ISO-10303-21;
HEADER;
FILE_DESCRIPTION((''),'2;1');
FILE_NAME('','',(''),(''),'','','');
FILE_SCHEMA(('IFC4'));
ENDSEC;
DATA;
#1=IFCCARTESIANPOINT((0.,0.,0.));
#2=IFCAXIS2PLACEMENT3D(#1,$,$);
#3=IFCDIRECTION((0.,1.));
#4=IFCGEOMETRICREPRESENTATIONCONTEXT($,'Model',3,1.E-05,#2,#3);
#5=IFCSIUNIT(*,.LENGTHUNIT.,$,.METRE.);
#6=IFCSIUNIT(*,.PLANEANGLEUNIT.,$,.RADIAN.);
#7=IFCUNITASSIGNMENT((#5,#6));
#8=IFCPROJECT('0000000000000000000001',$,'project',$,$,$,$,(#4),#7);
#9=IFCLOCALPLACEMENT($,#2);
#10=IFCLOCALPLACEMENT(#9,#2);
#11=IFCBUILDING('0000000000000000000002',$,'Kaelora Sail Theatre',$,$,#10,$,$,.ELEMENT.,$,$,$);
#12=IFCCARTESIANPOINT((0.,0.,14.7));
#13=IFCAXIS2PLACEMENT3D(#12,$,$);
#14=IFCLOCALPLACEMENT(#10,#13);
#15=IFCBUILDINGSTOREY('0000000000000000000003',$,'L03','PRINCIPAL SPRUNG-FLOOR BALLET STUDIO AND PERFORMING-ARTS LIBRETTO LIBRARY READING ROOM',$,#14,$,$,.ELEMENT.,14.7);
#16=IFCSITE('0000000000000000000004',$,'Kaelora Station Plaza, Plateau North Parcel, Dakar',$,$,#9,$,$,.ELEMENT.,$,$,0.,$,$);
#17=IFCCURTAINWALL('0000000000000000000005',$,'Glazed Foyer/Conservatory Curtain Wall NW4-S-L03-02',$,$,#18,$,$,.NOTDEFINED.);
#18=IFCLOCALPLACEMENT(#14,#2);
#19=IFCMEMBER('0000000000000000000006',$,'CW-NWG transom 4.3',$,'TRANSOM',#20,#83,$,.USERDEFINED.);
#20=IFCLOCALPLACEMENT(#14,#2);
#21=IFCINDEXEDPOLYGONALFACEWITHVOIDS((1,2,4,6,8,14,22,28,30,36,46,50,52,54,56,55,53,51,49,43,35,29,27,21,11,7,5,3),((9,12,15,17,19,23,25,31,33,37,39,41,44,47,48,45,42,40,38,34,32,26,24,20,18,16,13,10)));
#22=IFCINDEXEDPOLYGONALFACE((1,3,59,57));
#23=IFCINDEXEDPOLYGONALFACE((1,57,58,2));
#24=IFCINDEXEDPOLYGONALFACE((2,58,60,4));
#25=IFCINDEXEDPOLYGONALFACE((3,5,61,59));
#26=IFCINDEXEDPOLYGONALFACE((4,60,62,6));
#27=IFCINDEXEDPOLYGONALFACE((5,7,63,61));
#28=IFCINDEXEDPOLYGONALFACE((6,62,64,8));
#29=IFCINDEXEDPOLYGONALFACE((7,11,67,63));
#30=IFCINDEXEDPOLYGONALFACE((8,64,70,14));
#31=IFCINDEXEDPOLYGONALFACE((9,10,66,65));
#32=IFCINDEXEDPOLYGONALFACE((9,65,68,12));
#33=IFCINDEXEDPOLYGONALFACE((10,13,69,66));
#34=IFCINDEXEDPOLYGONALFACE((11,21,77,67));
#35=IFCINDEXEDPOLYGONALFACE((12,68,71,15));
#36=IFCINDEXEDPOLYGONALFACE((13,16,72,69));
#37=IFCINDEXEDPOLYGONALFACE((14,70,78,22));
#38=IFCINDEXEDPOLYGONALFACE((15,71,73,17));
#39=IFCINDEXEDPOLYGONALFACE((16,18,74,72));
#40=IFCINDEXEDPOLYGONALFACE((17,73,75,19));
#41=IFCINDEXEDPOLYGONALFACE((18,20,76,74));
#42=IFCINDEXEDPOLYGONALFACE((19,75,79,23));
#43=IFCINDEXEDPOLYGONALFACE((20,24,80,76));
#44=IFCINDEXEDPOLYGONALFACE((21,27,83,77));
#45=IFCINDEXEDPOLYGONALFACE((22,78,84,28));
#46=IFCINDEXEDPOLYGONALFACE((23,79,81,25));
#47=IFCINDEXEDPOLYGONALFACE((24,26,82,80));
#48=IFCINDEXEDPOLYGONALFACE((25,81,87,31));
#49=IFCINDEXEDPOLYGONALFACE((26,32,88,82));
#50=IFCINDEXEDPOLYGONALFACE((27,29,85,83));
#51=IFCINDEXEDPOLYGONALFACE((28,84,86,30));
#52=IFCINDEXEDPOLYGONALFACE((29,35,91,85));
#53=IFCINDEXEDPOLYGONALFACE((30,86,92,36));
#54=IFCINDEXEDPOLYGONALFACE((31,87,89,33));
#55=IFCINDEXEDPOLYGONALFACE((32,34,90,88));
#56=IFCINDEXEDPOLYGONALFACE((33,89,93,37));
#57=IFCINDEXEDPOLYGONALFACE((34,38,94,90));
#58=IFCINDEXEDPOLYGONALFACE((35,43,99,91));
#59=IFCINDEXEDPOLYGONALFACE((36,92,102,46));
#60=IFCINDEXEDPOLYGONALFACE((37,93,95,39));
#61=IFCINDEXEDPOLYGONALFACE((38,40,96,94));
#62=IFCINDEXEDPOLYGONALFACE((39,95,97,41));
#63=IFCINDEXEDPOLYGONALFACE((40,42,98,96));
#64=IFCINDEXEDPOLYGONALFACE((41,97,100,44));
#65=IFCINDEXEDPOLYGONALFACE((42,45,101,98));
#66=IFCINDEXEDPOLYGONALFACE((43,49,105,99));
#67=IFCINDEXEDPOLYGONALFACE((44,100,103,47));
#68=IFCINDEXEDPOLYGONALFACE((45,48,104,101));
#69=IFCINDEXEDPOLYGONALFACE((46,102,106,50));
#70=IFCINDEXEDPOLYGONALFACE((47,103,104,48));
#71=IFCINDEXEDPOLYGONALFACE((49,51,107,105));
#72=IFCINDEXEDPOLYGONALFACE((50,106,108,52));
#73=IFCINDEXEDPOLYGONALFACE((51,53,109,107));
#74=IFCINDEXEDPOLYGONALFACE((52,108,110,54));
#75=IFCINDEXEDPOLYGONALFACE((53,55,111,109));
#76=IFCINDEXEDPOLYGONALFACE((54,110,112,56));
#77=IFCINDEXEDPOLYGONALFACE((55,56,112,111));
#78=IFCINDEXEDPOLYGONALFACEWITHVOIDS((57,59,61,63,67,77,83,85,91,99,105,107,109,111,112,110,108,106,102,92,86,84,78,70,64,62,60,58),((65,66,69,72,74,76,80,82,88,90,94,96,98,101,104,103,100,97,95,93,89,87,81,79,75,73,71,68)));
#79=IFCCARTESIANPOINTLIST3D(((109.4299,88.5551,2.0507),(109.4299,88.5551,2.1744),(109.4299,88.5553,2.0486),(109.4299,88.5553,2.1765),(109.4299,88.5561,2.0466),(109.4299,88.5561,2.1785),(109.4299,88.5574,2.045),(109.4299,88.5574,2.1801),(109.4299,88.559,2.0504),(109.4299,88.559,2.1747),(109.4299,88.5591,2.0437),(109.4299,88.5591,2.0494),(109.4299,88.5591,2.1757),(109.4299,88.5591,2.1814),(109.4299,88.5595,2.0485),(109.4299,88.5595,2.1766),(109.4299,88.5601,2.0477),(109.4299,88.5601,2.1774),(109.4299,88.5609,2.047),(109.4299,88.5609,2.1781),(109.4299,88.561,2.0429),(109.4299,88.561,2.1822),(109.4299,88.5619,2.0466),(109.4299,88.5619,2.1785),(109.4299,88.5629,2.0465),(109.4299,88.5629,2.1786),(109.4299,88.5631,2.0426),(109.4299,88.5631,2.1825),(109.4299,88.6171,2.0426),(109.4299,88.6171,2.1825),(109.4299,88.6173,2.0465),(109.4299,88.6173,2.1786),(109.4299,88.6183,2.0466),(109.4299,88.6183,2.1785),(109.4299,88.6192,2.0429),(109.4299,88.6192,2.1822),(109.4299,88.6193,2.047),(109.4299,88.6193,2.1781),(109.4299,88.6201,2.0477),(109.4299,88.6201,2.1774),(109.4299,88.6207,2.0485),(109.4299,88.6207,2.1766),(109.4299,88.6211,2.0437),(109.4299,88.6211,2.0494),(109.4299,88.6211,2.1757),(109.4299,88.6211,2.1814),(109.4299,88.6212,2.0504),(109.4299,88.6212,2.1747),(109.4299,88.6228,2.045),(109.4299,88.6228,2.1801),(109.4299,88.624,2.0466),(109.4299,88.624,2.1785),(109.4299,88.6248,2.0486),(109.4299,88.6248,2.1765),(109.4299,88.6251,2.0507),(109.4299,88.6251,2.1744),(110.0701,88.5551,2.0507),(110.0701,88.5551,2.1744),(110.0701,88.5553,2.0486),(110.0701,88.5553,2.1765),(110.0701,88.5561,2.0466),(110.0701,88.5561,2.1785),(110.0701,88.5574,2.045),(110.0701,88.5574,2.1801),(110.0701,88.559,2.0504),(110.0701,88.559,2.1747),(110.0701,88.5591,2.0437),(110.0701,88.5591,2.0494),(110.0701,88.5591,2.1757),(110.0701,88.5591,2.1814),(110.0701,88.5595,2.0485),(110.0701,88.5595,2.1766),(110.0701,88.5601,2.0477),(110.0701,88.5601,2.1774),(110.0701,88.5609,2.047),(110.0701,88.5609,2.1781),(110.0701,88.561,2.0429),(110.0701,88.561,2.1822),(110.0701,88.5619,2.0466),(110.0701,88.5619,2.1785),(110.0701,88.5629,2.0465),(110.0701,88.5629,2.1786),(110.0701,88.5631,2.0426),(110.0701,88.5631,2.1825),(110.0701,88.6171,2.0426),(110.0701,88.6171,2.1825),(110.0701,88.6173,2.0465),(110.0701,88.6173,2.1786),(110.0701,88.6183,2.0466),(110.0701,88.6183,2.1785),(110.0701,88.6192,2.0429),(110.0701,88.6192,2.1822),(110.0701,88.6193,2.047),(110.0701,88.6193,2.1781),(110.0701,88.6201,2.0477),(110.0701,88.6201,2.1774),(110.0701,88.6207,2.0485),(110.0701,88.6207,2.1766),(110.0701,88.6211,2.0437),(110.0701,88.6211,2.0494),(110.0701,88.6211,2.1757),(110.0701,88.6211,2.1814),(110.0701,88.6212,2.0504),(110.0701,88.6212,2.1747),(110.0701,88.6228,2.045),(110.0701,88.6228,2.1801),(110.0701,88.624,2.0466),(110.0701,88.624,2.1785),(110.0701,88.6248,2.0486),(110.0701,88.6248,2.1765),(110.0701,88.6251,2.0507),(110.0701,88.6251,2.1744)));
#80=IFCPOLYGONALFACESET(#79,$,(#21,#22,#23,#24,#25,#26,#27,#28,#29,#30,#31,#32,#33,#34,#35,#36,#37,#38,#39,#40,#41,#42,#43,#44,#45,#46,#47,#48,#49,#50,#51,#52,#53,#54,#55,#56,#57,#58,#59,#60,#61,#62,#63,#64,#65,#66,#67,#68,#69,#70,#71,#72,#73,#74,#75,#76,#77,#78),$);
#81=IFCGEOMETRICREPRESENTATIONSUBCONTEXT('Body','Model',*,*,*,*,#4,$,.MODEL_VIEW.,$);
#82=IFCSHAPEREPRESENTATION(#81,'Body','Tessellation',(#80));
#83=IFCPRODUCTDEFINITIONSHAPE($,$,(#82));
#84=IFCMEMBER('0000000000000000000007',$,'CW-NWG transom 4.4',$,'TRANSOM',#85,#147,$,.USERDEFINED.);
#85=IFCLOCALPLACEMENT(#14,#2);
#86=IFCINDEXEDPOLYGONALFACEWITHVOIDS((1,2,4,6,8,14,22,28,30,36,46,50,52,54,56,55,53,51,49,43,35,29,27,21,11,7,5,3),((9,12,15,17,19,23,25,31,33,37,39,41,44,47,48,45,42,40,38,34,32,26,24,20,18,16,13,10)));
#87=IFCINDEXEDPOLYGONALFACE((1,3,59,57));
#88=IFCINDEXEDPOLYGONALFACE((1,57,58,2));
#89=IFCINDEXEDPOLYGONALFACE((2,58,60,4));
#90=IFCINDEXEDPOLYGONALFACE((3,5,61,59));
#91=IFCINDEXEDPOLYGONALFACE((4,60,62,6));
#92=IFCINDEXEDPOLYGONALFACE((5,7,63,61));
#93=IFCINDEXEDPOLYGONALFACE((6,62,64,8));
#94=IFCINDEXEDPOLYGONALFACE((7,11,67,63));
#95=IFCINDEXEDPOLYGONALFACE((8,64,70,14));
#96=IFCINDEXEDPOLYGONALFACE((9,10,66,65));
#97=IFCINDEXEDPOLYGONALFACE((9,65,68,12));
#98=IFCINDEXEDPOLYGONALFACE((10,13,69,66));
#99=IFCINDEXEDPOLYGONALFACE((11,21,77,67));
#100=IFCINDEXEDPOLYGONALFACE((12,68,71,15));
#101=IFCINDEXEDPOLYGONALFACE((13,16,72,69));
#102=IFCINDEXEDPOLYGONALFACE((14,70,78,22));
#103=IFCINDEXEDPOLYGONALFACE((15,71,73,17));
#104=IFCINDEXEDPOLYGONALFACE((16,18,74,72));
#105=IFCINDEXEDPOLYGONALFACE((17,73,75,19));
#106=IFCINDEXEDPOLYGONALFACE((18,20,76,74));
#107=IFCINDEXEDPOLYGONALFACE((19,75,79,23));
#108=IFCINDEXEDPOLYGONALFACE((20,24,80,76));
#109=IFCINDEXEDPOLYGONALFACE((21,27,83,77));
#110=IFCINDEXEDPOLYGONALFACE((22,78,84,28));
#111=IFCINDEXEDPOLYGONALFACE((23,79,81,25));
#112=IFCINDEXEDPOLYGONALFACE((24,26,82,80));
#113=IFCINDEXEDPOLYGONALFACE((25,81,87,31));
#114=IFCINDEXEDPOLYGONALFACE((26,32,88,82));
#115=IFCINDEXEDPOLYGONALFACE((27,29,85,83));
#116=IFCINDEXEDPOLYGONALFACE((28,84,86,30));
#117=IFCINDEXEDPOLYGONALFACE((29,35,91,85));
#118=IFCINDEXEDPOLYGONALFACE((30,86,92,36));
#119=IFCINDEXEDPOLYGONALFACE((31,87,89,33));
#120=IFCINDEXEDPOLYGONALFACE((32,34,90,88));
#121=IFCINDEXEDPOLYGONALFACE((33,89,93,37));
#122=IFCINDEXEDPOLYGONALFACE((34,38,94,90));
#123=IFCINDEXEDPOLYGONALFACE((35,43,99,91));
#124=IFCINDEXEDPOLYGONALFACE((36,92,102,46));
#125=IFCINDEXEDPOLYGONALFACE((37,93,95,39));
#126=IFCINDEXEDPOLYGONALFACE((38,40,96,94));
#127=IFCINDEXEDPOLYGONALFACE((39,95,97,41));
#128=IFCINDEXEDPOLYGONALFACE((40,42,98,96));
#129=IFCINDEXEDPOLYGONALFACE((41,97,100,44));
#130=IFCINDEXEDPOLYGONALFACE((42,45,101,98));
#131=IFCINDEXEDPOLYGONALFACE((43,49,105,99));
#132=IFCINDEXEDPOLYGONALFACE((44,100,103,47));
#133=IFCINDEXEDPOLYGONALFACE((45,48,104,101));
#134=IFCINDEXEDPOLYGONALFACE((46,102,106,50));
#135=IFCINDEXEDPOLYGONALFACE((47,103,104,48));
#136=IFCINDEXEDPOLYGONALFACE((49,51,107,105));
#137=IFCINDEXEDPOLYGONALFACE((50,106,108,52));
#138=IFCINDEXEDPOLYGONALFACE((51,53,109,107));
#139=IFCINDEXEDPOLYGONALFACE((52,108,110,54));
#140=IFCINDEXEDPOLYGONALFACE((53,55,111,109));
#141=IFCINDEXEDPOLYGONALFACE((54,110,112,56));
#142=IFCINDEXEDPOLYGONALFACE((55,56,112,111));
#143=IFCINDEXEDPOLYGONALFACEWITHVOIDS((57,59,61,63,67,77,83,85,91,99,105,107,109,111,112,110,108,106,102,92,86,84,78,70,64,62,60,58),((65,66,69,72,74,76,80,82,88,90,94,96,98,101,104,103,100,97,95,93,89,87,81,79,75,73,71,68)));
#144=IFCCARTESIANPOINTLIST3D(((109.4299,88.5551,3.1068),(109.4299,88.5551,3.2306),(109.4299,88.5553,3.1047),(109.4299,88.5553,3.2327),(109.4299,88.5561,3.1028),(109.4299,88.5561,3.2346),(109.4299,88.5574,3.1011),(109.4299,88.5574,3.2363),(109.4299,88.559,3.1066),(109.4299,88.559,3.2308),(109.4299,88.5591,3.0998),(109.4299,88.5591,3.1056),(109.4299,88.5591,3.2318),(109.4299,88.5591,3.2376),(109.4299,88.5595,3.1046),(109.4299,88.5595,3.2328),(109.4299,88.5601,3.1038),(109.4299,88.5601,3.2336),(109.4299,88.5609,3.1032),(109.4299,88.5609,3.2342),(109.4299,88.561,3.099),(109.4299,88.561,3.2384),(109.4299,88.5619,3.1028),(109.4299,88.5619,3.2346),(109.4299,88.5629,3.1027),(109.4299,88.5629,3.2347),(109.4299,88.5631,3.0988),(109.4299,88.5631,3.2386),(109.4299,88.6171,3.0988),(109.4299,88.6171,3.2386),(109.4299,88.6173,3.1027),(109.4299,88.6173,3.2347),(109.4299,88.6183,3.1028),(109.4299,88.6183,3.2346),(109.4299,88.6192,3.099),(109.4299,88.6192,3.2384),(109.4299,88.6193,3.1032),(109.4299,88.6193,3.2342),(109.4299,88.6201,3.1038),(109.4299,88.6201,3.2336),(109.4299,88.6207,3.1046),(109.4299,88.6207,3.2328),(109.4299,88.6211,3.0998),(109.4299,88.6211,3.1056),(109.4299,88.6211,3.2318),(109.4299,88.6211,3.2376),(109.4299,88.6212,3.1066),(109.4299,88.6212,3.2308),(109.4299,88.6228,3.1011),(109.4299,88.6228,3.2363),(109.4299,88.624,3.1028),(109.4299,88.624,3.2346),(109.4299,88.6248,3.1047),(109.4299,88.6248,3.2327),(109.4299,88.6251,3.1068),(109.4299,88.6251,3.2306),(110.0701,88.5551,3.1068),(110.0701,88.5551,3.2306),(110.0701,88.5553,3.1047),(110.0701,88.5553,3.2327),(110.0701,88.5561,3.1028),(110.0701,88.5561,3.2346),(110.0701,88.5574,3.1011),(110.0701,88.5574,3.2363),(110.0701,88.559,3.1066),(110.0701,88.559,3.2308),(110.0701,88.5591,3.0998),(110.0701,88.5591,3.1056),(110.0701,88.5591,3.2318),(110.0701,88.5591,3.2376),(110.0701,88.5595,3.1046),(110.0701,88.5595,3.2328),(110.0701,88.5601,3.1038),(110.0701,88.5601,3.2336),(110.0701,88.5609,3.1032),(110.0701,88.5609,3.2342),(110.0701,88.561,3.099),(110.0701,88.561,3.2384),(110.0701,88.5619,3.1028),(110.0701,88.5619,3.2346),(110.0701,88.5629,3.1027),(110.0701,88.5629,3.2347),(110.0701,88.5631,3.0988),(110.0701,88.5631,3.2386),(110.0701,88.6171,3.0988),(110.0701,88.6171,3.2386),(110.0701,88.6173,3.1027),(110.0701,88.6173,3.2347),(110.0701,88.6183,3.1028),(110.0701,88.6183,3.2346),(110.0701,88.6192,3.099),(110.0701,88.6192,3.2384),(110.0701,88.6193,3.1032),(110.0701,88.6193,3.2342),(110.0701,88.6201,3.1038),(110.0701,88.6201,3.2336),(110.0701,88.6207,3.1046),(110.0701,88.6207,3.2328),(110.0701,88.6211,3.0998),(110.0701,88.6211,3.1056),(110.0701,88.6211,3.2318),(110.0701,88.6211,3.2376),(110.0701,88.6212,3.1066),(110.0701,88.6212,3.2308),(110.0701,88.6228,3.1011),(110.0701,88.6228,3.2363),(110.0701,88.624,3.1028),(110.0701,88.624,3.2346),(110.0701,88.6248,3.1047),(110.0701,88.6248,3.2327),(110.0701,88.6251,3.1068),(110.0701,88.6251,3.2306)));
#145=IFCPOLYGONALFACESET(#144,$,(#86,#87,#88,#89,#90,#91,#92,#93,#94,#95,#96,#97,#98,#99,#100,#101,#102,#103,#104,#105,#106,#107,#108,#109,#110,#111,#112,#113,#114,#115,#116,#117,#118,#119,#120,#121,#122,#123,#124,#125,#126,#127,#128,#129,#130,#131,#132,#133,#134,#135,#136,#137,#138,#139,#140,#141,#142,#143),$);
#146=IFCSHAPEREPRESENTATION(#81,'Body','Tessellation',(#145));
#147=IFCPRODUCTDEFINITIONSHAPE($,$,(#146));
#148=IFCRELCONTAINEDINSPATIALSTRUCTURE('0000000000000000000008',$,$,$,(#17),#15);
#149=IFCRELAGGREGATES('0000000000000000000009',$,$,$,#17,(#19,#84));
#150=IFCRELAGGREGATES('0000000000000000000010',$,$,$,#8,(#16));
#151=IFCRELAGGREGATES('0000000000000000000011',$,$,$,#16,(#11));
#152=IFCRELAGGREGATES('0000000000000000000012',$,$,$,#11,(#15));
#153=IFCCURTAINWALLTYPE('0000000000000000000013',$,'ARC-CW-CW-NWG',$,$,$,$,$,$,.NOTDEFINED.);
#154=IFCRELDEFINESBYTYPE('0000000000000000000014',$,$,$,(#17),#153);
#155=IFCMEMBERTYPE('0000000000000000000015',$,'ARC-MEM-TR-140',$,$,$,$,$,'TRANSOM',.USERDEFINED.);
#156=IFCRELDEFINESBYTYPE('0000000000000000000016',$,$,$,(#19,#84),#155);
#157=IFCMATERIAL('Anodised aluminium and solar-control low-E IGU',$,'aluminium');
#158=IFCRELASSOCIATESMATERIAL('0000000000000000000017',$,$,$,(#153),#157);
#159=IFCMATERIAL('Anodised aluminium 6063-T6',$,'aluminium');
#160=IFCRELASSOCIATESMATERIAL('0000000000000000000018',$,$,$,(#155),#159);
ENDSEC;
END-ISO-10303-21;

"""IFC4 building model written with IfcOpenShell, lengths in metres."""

from ifc_helpers import new_model, si_unit, direction, frame, origin, origin_2d, place, context, subcontext, project, spatial, hollow_rectangle, extrude, material, material_profile, profile_set, type_object, element, aggregate, save


model = new_model("IFC4")

# Units and contexts
model_context = context("Model", 3, precision=1e-05, world=origin(), true_north=direction((0.0, 1.0)))
body_context = subcontext(model_context, "Body", "Model", "MODEL_VIEW")
ifc_project = project(units=[si_unit("LENGTHUNIT", "METRE"), si_unit("PLANEANGLEUNIT", "RADIAN")], contexts=[model_context])

# Site, building, storey
site_placement = place(None, origin())
site = spatial("IfcSite", under=ifc_project, at=site_placement, Name="Kaelora Station Plaza, Plateau North Parcel, Dakar", CompositionType="ELEMENT", RefElevation=0.0)
building_placement = place(site_placement, origin())
building = spatial("IfcBuilding", under=site, at=building_placement, Name="Kaelora Sail Theatre", CompositionType="ELEMENT")
storey_placement = place(building_placement, frame((0.0, 0.0, 14.7)))
storey = spatial("IfcBuildingStorey", under=building, at=storey_placement, Name="L03", Description="PRINCIPAL SPRUNG-FLOOR BALLET STUDIO AND PERFORMING-ARTS LIBRETTO LIBRARY READING ROOM", CompositionType="ELEMENT", Elevation=14.7)

# Curtain wall, members
ifc_material_1 = material(Name="Anodised aluminium and solar-control low-E IGU", Category="aluminium")
curtain_wall_type = type_object("IfcCurtainWallType", Name="ARC-CW-CW-NWG", PredefinedType="NOTDEFINED", material=ifc_material_1)
curtain_wall_placement = place(storey_placement, origin())
curtain_wall = element("IfcCurtainWall", 1, at=curtain_wall_placement, inside=storey, type_object=curtain_wall_type, Name="Glazed Foyer/Conservatory Curtain Wall NW4-S-L03-02", PredefinedType="NOTDEFINED")
ifc_material_2 = material(Name="Anodised aluminium 6063-T6", Category="aluminium")
ifc_material_profile_1 = material_profile(ifc_material_2, hollow_rectangle(XDim=0.0701, YDim=0.1399, WallThickness=0.0039, InnerFilletRadius=0.0039, OuterFilletRadius=0.0081, at=origin_2d()), Name="ALU-TRAN 70x140x4")
ifc_profile_set_1 = profile_set([ifc_material_profile_1], Name="Anodised aluminium 6063-T6")
member_type_1 = type_object("IfcMemberType", Name="ARC-MEM-TR-140", ElementType="TRANSOM", PredefinedType="USERDEFINED", material=ifc_profile_set_1)
member_1_placement = place(storey_placement, frame((109.4299, 88.5901, 2.1125), z_axis=(1.0, 0.0, 0.0), x_axis=(0.0, 1.0, 0.0)))
member_1 = element("IfcMember", 2, at=member_1_placement, type_object=member_type_1, Name="CW-NWG transom 4.3", ObjectType="TRANSOM", PredefinedType="USERDEFINED", context=body_context, shape_type="SweptSolid", body=[
    extrude(hollow_rectangle(XDim=0.0701, YDim=0.1399, WallThickness=0.0039, InnerFilletRadius=0.0039, OuterFilletRadius=0.0081, at=origin_2d()), origin(), (0.0, 0.0, 1.0), 0.6401),
])
member_2_placement = place(storey_placement, frame((109.4299, 88.5901, 3.1687), z_axis=(1.0, 0.0, 0.0), x_axis=(0.0, 1.0, 0.0)))
member_2 = element("IfcMember", 3, at=member_2_placement, type_object=member_type_1, Name="CW-NWG transom 4.4", ObjectType="TRANSOM", PredefinedType="USERDEFINED", context=body_context, shape_type="SweptSolid", body=[
    extrude(hollow_rectangle(XDim=0.0701, YDim=0.1399, WallThickness=0.0039, InnerFilletRadius=0.0039, OuterFilletRadius=0.0081, at=origin_2d()), origin(), (0.0, 0.0, 1.0), 0.6401),
])
aggregate(curtain_wall, [member_1, member_2])

save(model, "model.ifc")
